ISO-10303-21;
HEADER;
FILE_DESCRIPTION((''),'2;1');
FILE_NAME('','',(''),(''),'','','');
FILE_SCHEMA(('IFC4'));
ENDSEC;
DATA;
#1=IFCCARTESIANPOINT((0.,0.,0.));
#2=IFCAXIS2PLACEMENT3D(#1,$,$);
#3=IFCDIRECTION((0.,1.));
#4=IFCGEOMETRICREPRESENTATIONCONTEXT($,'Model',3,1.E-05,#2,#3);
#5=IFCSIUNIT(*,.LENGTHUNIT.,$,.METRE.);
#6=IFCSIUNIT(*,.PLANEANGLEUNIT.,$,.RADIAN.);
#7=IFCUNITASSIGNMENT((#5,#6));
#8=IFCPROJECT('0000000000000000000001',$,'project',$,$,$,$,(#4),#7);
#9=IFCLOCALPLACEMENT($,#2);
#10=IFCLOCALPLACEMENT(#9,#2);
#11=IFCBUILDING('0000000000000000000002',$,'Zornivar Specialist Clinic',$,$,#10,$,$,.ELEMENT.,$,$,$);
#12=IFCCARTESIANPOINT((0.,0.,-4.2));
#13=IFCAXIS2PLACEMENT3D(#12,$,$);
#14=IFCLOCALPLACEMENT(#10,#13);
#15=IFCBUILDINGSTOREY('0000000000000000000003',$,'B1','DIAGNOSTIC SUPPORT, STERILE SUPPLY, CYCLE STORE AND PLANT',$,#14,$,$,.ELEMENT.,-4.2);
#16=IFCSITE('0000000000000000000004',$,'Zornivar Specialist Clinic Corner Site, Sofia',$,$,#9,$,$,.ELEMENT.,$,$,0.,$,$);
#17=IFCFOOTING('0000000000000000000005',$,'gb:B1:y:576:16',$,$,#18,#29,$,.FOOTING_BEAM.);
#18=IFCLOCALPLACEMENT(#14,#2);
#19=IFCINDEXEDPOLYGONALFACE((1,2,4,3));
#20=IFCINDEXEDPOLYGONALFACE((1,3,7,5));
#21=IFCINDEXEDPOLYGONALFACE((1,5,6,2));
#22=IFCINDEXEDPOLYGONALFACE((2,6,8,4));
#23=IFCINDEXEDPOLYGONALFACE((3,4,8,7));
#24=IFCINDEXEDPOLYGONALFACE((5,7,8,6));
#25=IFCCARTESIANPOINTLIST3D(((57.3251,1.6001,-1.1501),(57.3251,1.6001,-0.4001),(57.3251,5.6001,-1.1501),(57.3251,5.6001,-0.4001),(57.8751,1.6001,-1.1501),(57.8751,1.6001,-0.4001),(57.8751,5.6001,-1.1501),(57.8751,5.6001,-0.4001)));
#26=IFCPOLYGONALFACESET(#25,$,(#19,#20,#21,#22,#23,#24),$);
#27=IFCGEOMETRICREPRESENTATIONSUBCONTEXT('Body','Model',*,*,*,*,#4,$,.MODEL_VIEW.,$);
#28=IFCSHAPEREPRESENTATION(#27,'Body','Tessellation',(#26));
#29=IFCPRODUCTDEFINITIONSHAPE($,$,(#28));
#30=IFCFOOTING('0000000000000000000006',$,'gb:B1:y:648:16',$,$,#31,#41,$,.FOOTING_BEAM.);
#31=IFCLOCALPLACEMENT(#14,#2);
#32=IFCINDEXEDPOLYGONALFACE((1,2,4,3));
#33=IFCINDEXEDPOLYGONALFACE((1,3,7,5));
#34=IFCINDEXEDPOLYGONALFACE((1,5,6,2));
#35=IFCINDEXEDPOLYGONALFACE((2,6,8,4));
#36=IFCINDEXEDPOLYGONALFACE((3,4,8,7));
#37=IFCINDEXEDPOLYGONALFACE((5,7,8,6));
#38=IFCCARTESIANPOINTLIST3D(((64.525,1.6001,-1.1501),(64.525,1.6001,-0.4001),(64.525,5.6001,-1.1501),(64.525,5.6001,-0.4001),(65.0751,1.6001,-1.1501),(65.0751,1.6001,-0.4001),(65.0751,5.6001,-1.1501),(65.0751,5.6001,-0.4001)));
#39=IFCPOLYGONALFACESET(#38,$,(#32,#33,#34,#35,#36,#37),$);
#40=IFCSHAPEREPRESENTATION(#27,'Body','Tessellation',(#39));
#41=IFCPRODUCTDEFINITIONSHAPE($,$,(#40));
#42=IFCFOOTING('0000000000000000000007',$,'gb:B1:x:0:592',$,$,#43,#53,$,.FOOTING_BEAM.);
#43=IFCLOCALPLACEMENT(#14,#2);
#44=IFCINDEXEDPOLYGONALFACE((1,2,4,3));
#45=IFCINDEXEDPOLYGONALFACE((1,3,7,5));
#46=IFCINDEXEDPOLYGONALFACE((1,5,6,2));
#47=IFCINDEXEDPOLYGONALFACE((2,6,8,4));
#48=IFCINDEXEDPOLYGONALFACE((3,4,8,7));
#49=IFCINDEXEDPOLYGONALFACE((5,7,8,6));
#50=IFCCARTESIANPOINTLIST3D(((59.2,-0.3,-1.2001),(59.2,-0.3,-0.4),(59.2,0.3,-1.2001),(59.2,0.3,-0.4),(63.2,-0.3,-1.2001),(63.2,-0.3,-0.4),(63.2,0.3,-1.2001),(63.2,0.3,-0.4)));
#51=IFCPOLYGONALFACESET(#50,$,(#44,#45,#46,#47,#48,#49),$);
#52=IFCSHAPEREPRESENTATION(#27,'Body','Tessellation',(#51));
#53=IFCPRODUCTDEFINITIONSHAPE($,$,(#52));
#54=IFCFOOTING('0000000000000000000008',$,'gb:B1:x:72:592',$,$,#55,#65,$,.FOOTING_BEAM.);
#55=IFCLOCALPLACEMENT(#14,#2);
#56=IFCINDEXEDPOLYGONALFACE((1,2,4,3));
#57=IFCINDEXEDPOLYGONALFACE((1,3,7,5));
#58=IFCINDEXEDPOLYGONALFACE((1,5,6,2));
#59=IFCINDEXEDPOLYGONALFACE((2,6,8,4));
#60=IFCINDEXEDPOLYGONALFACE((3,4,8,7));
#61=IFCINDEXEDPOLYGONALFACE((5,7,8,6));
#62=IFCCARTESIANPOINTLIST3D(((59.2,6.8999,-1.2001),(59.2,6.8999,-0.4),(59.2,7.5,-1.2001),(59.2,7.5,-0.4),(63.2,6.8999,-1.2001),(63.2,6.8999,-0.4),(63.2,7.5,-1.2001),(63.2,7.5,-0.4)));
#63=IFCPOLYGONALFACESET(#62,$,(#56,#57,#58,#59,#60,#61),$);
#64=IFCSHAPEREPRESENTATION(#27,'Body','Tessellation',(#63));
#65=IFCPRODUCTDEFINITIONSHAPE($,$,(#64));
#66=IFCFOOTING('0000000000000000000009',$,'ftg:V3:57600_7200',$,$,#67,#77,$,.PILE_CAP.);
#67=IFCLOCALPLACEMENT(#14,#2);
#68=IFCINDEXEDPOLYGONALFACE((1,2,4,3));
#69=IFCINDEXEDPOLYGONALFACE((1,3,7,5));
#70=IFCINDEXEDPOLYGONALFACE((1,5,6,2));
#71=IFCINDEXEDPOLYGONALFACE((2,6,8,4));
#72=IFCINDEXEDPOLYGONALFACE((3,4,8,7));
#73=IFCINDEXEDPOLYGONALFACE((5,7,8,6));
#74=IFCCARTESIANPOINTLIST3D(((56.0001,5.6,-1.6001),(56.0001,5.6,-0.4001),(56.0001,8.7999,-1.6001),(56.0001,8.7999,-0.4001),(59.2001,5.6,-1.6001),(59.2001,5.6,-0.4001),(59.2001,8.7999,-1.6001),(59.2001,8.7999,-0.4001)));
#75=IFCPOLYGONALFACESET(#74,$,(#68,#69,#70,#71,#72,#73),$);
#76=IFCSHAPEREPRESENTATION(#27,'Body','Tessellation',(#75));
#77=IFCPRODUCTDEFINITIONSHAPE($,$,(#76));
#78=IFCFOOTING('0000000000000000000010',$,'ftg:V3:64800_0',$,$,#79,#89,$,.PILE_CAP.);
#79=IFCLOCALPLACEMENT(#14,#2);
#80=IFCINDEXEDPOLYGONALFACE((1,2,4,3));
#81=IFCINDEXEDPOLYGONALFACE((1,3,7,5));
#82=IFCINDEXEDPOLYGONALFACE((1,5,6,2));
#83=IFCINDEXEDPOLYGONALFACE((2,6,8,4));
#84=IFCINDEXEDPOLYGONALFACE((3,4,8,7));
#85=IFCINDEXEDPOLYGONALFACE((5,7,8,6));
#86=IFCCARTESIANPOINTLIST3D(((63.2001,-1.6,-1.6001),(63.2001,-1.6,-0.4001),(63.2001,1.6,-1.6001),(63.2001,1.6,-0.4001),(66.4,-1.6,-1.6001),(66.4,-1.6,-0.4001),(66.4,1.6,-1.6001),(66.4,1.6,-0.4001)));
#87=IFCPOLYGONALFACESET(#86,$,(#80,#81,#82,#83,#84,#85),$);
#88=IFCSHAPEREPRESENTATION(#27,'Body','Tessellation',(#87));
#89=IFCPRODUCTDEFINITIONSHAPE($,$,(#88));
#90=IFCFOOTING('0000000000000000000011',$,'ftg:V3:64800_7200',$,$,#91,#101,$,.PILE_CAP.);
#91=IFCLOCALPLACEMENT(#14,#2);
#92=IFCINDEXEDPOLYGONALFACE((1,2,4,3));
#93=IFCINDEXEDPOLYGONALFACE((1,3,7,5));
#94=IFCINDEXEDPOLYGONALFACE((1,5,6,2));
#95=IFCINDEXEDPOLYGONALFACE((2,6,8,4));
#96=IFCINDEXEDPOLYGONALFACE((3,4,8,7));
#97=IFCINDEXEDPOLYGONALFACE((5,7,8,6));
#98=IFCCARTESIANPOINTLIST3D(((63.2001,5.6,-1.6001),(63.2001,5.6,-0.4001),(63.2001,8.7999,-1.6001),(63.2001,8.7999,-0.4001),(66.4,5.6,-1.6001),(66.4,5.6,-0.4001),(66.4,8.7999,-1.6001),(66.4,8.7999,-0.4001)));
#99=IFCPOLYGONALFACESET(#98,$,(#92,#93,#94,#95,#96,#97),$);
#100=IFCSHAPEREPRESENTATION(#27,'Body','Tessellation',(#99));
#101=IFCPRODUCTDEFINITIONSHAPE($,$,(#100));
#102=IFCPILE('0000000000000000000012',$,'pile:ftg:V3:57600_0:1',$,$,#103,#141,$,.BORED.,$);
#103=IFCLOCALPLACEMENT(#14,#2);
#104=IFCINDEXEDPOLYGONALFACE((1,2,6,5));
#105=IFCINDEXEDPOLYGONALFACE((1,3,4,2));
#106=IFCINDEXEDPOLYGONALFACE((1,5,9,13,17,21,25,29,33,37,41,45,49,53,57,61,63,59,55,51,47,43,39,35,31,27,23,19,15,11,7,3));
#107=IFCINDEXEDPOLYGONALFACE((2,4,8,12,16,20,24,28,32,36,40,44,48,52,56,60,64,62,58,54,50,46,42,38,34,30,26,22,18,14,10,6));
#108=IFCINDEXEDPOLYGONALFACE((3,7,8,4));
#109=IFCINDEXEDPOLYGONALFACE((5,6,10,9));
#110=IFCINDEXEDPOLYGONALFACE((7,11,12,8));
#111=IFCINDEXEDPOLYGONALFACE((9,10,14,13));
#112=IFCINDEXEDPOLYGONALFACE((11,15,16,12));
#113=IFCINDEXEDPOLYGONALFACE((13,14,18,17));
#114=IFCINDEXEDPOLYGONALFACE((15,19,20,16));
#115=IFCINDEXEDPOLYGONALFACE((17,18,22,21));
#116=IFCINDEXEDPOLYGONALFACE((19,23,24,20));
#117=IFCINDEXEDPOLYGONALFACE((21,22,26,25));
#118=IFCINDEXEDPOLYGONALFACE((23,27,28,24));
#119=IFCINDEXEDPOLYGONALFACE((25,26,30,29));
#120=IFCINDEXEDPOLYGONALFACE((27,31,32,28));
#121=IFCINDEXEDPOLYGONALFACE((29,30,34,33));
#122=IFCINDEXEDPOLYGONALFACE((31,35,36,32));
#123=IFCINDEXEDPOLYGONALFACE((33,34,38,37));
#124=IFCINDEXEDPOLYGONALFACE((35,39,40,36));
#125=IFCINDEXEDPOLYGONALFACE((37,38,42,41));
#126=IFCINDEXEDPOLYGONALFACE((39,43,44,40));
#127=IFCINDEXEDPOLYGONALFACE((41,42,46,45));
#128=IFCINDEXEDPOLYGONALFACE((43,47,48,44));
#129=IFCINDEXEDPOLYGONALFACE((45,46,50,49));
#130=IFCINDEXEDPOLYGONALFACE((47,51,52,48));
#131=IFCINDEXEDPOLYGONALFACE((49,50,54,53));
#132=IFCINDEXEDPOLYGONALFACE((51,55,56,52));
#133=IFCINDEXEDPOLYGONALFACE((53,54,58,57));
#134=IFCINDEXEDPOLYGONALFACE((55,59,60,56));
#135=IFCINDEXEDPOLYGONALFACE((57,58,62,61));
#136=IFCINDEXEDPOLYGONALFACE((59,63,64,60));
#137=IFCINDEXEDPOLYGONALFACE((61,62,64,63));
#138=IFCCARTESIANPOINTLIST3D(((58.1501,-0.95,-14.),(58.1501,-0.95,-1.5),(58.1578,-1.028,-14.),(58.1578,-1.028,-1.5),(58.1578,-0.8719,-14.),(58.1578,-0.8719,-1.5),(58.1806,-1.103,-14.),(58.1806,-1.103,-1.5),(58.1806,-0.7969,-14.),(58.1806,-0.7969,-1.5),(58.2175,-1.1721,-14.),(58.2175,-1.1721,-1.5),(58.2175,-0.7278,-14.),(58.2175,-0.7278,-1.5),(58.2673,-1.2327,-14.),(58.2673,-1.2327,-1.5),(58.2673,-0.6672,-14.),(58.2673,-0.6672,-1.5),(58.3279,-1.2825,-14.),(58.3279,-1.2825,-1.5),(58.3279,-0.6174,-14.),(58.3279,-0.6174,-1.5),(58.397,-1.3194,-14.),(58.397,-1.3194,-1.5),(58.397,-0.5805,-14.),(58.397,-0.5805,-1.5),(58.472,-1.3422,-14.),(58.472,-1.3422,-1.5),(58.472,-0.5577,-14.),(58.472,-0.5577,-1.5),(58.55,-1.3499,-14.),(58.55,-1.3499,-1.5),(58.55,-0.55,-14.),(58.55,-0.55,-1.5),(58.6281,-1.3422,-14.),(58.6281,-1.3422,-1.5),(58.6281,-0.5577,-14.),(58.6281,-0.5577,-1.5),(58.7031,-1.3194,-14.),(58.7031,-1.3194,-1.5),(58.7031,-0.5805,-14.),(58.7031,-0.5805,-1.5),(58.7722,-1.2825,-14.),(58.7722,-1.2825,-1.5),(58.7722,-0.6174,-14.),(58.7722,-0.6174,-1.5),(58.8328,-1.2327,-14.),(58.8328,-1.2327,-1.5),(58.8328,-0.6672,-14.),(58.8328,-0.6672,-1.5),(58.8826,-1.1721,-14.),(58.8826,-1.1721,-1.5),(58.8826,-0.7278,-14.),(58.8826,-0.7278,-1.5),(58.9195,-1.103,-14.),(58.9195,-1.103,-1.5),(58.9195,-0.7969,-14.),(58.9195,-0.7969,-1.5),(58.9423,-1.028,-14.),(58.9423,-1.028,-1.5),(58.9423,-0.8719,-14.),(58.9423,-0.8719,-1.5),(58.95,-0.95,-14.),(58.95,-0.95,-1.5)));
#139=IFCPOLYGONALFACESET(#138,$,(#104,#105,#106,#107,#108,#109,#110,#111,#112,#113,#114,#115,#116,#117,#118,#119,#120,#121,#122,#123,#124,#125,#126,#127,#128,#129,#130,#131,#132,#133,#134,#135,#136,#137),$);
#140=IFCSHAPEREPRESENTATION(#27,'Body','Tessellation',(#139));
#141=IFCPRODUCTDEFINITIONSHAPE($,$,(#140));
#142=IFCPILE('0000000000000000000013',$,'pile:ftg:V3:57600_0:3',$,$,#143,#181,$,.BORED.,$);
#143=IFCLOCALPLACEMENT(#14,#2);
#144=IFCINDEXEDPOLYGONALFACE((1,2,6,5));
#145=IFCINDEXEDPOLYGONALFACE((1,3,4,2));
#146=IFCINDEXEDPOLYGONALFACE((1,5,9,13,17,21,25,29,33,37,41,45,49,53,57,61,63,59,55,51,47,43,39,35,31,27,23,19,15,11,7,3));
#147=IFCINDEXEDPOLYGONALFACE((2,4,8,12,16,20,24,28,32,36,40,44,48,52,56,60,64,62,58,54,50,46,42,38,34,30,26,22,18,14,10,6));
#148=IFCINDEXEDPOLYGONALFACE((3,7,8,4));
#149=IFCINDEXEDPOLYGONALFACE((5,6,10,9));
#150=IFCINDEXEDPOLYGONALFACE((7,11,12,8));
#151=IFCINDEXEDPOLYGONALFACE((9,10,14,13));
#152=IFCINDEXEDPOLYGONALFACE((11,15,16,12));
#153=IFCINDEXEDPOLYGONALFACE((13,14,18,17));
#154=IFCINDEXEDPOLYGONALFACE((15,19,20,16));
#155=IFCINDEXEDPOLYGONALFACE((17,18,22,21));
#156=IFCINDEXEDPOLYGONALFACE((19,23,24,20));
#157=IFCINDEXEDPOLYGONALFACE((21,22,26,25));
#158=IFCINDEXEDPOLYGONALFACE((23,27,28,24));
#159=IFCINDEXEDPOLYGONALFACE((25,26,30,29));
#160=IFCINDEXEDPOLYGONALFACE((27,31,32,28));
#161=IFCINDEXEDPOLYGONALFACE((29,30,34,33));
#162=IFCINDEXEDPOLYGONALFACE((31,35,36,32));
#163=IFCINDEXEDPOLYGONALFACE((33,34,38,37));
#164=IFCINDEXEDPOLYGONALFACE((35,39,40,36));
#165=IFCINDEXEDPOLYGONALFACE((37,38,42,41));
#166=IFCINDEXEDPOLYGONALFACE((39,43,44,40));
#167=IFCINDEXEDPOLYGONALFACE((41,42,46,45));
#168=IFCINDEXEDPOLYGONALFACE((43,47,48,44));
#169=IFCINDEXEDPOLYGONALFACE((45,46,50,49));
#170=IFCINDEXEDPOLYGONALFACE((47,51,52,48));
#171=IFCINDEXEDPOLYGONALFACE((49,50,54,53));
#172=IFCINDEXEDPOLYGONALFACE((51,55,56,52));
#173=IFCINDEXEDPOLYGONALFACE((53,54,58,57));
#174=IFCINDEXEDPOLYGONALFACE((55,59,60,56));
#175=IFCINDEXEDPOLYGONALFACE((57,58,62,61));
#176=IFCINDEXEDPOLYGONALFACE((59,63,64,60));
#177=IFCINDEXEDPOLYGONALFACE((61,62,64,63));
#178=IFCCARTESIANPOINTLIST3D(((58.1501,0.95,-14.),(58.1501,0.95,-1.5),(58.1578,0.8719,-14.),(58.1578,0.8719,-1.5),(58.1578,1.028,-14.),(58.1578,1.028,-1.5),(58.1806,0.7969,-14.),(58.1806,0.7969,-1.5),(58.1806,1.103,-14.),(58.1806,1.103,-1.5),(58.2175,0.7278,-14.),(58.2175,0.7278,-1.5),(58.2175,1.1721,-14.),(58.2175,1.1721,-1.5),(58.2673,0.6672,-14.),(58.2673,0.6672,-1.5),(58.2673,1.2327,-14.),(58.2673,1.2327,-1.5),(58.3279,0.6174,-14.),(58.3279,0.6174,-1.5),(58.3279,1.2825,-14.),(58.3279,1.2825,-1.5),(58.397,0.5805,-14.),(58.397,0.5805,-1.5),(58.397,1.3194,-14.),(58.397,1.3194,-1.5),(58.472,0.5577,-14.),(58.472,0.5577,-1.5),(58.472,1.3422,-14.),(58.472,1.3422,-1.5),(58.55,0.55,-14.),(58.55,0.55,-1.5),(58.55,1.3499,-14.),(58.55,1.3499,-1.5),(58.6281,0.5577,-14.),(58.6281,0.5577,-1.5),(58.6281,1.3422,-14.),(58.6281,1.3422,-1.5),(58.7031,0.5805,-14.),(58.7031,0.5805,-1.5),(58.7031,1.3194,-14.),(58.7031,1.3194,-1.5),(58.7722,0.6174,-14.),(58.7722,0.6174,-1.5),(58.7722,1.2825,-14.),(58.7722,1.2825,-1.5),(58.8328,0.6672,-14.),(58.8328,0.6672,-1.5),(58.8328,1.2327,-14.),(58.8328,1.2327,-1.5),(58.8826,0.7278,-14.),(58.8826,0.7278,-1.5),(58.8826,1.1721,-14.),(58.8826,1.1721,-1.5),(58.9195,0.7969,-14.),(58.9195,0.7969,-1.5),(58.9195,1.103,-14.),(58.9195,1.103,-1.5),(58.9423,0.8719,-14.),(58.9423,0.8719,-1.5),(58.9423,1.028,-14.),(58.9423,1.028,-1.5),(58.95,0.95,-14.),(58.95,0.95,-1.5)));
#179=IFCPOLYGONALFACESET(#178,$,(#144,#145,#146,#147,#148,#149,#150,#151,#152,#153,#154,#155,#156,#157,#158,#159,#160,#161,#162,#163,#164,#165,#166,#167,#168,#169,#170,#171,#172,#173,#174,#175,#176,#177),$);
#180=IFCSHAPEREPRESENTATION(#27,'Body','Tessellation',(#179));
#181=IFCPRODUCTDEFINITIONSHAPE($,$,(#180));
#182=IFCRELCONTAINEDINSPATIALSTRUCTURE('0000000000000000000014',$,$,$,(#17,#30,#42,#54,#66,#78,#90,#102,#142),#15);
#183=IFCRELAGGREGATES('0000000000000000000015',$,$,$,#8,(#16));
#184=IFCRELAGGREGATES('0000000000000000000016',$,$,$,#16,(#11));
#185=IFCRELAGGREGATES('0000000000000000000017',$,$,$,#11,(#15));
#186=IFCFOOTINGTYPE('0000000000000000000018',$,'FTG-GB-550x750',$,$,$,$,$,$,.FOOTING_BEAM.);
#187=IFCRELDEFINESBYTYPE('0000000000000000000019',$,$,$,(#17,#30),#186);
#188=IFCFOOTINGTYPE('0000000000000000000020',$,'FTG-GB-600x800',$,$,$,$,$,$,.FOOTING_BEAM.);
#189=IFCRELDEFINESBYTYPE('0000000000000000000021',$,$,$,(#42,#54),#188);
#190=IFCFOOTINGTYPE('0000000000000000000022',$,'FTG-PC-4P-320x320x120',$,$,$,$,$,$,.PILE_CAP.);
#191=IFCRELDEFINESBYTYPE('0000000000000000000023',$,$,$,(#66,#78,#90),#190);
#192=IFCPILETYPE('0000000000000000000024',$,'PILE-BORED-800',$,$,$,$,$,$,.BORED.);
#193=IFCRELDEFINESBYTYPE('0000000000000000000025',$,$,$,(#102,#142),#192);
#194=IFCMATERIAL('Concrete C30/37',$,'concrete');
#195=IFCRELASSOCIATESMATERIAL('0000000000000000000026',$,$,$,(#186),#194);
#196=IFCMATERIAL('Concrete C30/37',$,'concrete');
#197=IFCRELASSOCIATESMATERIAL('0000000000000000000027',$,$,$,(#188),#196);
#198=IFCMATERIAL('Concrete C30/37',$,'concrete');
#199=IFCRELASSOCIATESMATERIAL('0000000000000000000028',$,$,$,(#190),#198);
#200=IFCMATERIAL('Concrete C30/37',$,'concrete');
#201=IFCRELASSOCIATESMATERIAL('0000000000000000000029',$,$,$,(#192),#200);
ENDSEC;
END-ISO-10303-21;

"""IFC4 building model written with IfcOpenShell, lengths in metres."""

from ifc_helpers import new_model, si_unit, direction, frame, origin, origin_2d, place, context, subcontext, project, spatial, rectangle, circle, extrude, material, material_profile, profile_set, type_object, element, save


model = new_model("IFC4")

# Units and contexts
model_context = context("Model", 3, precision=1e-05, world=origin(), true_north=direction((0.0, 1.0)))
body_context = subcontext(model_context, "Body", "Model", "MODEL_VIEW")
ifc_project = project(units=[si_unit("LENGTHUNIT", "METRE"), si_unit("PLANEANGLEUNIT", "RADIAN")], contexts=[model_context])

# Site, building, storey
site_placement = place(None, origin())
site = spatial("IfcSite", under=ifc_project, at=site_placement, Name="Zornivar Specialist Clinic Corner Site, Sofia", CompositionType="ELEMENT", RefElevation=0.0)
building_placement = place(site_placement, origin())
building = spatial("IfcBuilding", under=site, at=building_placement, Name="Zornivar Specialist Clinic", CompositionType="ELEMENT")
storey_placement = place(building_placement, frame((0.0, 0.0, -4.2)))
storey = spatial("IfcBuildingStorey", under=building, at=storey_placement, Name="B1", Description="DIAGNOSTIC SUPPORT, STERILE SUPPLY, CYCLE STORE AND PLANT", CompositionType="ELEMENT", Elevation=-4.2)

# Footings
ifc_material_1 = material(Name="Concrete C30/37", Category="concrete")
ifc_material_profile_1 = material_profile(ifc_material_1, rectangle(XDim=0.55, YDim=0.75, at=origin_2d()), Name="RC 550x750")
ifc_profile_set_1 = profile_set([ifc_material_profile_1], Name="Concrete C30/37")
footing_type_1 = type_object("IfcFootingType", Name="FTG-GB-550x750", PredefinedType="FOOTING_BEAM", material=ifc_profile_set_1)
for number, where, z_axis, x_axis, name in (
    (1, (57.6001, 1.6001, -0.7751), (0.0, 1.0, 0.0), (-1.0, 0.0, 0.0), "gb:B1:y:576:16"),
    (2, (64.8, 1.6001, -0.7751), (0.0, 1.0, 0.0), (-1.0, 0.0, 0.0), "gb:B1:y:648:16"),
):
    element("IfcFooting", number, at=place(storey_placement, frame(where, z_axis=z_axis, x_axis=x_axis)), inside=storey, type_object=footing_type_1, Name=name, PredefinedType="FOOTING_BEAM", context=body_context, shape_type="SweptSolid", body=[
        extrude(rectangle(XDim=0.55, YDim=0.75, at=origin_2d()), origin(), (0.0, 0.0, 1.0), 4.0),
    ])
ifc_material_2 = material(Name="Concrete C30/37", Category="concrete")
ifc_material_profile_2 = material_profile(ifc_material_2, rectangle(XDim=0.6001, YDim=0.8, at=origin_2d()), Name="RC 600x800")
ifc_profile_set_2 = profile_set([ifc_material_profile_2], Name="Concrete C30/37")
footing_type_2 = type_object("IfcFootingType", Name="FTG-GB-600x800", PredefinedType="FOOTING_BEAM", material=ifc_profile_set_2)
for number, where, z_axis, x_axis, name in (
    (3, (59.2, 0.0, -0.8), (1.0, 0.0, 0.0), (0.0, 1.0, 0.0), "gb:B1:x:0:592"),
    (4, (59.2, 7.2, -0.8), (1.0, 0.0, 0.0), (0.0, 1.0, 0.0), "gb:B1:x:72:592"),
):
    element("IfcFooting", number, at=place(storey_placement, frame(where, z_axis=z_axis, x_axis=x_axis)), inside=storey, type_object=footing_type_2, Name=name, PredefinedType="FOOTING_BEAM", context=body_context, shape_type="SweptSolid", body=[
        extrude(rectangle(XDim=0.6001, YDim=0.8, at=origin_2d()), origin(), (0.0, 0.0, 1.0), 4.0),
    ])
ifc_material_3 = material(Name="Concrete C30/37", Category="concrete")
footing_type_3 = type_object("IfcFootingType", Name="FTG-PC-4P-320x320x120", PredefinedType="PILE_CAP", material=ifc_material_3)
for number, where, z_axis, x_axis, name in (
    (5, (57.6001, 7.2, -1.6001), (0.0, 0.0, 1.0), (1.0, 0.0, 0.0), "ftg:V3:57600_7200"),
    (6, (64.8, 0.0, -1.6001), (0.0, 0.0, 1.0), (1.0, 0.0, 0.0), "ftg:V3:64800_0"),
    (7, (64.8, 7.2, -1.6001), (0.0, 0.0, 1.0), (1.0, 0.0, 0.0), "ftg:V3:64800_7200"),
):
    element("IfcFooting", number, at=place(storey_placement, frame(where, z_axis=z_axis, x_axis=x_axis)), inside=storey, type_object=footing_type_3, Name=name, PredefinedType="PILE_CAP", context=body_context, shape_type="SweptSolid", body=[
        extrude(rectangle(XDim=3.2, YDim=3.2, at=origin_2d()), origin(), (0.0, 0.0, 1.0), 1.2),
    ])

# Piles
ifc_material_4 = material(Name="Concrete C30/37", Category="concrete")
ifc_material_profile_3 = material_profile(ifc_material_4, circle(Radius=0.3999, at=origin_2d()), Name="PILE D800")
ifc_profile_set_3 = profile_set([ifc_material_profile_3], Name="Concrete C30/37")
pile_type = type_object("IfcPileType", Name="PILE-BORED-800", PredefinedType="BORED", material=ifc_profile_set_3)
for number, where, z_axis, x_axis, name in (
    (8, (58.55, -0.95, -1.5), (0.0, 0.0, -1.0), (1.0, 0.0, 0.0), "pile:ftg:V3:57600_0:1"),
    (9, (58.55, 0.95, -1.5), (0.0, 0.0, -1.0), (1.0, 0.0, 0.0), "pile:ftg:V3:57600_0:3"),
):
    element("IfcPile", number, at=place(storey_placement, frame(where, z_axis=z_axis, x_axis=x_axis)), inside=storey, type_object=pile_type, Name=name, PredefinedType="BORED", context=body_context, shape_type="SweptSolid", body=[
        extrude(circle(Radius=0.3999, at=origin_2d()), origin(), (0.0, 0.0, 1.0), 12.5),
    ])

save(model, "model.ifc")
